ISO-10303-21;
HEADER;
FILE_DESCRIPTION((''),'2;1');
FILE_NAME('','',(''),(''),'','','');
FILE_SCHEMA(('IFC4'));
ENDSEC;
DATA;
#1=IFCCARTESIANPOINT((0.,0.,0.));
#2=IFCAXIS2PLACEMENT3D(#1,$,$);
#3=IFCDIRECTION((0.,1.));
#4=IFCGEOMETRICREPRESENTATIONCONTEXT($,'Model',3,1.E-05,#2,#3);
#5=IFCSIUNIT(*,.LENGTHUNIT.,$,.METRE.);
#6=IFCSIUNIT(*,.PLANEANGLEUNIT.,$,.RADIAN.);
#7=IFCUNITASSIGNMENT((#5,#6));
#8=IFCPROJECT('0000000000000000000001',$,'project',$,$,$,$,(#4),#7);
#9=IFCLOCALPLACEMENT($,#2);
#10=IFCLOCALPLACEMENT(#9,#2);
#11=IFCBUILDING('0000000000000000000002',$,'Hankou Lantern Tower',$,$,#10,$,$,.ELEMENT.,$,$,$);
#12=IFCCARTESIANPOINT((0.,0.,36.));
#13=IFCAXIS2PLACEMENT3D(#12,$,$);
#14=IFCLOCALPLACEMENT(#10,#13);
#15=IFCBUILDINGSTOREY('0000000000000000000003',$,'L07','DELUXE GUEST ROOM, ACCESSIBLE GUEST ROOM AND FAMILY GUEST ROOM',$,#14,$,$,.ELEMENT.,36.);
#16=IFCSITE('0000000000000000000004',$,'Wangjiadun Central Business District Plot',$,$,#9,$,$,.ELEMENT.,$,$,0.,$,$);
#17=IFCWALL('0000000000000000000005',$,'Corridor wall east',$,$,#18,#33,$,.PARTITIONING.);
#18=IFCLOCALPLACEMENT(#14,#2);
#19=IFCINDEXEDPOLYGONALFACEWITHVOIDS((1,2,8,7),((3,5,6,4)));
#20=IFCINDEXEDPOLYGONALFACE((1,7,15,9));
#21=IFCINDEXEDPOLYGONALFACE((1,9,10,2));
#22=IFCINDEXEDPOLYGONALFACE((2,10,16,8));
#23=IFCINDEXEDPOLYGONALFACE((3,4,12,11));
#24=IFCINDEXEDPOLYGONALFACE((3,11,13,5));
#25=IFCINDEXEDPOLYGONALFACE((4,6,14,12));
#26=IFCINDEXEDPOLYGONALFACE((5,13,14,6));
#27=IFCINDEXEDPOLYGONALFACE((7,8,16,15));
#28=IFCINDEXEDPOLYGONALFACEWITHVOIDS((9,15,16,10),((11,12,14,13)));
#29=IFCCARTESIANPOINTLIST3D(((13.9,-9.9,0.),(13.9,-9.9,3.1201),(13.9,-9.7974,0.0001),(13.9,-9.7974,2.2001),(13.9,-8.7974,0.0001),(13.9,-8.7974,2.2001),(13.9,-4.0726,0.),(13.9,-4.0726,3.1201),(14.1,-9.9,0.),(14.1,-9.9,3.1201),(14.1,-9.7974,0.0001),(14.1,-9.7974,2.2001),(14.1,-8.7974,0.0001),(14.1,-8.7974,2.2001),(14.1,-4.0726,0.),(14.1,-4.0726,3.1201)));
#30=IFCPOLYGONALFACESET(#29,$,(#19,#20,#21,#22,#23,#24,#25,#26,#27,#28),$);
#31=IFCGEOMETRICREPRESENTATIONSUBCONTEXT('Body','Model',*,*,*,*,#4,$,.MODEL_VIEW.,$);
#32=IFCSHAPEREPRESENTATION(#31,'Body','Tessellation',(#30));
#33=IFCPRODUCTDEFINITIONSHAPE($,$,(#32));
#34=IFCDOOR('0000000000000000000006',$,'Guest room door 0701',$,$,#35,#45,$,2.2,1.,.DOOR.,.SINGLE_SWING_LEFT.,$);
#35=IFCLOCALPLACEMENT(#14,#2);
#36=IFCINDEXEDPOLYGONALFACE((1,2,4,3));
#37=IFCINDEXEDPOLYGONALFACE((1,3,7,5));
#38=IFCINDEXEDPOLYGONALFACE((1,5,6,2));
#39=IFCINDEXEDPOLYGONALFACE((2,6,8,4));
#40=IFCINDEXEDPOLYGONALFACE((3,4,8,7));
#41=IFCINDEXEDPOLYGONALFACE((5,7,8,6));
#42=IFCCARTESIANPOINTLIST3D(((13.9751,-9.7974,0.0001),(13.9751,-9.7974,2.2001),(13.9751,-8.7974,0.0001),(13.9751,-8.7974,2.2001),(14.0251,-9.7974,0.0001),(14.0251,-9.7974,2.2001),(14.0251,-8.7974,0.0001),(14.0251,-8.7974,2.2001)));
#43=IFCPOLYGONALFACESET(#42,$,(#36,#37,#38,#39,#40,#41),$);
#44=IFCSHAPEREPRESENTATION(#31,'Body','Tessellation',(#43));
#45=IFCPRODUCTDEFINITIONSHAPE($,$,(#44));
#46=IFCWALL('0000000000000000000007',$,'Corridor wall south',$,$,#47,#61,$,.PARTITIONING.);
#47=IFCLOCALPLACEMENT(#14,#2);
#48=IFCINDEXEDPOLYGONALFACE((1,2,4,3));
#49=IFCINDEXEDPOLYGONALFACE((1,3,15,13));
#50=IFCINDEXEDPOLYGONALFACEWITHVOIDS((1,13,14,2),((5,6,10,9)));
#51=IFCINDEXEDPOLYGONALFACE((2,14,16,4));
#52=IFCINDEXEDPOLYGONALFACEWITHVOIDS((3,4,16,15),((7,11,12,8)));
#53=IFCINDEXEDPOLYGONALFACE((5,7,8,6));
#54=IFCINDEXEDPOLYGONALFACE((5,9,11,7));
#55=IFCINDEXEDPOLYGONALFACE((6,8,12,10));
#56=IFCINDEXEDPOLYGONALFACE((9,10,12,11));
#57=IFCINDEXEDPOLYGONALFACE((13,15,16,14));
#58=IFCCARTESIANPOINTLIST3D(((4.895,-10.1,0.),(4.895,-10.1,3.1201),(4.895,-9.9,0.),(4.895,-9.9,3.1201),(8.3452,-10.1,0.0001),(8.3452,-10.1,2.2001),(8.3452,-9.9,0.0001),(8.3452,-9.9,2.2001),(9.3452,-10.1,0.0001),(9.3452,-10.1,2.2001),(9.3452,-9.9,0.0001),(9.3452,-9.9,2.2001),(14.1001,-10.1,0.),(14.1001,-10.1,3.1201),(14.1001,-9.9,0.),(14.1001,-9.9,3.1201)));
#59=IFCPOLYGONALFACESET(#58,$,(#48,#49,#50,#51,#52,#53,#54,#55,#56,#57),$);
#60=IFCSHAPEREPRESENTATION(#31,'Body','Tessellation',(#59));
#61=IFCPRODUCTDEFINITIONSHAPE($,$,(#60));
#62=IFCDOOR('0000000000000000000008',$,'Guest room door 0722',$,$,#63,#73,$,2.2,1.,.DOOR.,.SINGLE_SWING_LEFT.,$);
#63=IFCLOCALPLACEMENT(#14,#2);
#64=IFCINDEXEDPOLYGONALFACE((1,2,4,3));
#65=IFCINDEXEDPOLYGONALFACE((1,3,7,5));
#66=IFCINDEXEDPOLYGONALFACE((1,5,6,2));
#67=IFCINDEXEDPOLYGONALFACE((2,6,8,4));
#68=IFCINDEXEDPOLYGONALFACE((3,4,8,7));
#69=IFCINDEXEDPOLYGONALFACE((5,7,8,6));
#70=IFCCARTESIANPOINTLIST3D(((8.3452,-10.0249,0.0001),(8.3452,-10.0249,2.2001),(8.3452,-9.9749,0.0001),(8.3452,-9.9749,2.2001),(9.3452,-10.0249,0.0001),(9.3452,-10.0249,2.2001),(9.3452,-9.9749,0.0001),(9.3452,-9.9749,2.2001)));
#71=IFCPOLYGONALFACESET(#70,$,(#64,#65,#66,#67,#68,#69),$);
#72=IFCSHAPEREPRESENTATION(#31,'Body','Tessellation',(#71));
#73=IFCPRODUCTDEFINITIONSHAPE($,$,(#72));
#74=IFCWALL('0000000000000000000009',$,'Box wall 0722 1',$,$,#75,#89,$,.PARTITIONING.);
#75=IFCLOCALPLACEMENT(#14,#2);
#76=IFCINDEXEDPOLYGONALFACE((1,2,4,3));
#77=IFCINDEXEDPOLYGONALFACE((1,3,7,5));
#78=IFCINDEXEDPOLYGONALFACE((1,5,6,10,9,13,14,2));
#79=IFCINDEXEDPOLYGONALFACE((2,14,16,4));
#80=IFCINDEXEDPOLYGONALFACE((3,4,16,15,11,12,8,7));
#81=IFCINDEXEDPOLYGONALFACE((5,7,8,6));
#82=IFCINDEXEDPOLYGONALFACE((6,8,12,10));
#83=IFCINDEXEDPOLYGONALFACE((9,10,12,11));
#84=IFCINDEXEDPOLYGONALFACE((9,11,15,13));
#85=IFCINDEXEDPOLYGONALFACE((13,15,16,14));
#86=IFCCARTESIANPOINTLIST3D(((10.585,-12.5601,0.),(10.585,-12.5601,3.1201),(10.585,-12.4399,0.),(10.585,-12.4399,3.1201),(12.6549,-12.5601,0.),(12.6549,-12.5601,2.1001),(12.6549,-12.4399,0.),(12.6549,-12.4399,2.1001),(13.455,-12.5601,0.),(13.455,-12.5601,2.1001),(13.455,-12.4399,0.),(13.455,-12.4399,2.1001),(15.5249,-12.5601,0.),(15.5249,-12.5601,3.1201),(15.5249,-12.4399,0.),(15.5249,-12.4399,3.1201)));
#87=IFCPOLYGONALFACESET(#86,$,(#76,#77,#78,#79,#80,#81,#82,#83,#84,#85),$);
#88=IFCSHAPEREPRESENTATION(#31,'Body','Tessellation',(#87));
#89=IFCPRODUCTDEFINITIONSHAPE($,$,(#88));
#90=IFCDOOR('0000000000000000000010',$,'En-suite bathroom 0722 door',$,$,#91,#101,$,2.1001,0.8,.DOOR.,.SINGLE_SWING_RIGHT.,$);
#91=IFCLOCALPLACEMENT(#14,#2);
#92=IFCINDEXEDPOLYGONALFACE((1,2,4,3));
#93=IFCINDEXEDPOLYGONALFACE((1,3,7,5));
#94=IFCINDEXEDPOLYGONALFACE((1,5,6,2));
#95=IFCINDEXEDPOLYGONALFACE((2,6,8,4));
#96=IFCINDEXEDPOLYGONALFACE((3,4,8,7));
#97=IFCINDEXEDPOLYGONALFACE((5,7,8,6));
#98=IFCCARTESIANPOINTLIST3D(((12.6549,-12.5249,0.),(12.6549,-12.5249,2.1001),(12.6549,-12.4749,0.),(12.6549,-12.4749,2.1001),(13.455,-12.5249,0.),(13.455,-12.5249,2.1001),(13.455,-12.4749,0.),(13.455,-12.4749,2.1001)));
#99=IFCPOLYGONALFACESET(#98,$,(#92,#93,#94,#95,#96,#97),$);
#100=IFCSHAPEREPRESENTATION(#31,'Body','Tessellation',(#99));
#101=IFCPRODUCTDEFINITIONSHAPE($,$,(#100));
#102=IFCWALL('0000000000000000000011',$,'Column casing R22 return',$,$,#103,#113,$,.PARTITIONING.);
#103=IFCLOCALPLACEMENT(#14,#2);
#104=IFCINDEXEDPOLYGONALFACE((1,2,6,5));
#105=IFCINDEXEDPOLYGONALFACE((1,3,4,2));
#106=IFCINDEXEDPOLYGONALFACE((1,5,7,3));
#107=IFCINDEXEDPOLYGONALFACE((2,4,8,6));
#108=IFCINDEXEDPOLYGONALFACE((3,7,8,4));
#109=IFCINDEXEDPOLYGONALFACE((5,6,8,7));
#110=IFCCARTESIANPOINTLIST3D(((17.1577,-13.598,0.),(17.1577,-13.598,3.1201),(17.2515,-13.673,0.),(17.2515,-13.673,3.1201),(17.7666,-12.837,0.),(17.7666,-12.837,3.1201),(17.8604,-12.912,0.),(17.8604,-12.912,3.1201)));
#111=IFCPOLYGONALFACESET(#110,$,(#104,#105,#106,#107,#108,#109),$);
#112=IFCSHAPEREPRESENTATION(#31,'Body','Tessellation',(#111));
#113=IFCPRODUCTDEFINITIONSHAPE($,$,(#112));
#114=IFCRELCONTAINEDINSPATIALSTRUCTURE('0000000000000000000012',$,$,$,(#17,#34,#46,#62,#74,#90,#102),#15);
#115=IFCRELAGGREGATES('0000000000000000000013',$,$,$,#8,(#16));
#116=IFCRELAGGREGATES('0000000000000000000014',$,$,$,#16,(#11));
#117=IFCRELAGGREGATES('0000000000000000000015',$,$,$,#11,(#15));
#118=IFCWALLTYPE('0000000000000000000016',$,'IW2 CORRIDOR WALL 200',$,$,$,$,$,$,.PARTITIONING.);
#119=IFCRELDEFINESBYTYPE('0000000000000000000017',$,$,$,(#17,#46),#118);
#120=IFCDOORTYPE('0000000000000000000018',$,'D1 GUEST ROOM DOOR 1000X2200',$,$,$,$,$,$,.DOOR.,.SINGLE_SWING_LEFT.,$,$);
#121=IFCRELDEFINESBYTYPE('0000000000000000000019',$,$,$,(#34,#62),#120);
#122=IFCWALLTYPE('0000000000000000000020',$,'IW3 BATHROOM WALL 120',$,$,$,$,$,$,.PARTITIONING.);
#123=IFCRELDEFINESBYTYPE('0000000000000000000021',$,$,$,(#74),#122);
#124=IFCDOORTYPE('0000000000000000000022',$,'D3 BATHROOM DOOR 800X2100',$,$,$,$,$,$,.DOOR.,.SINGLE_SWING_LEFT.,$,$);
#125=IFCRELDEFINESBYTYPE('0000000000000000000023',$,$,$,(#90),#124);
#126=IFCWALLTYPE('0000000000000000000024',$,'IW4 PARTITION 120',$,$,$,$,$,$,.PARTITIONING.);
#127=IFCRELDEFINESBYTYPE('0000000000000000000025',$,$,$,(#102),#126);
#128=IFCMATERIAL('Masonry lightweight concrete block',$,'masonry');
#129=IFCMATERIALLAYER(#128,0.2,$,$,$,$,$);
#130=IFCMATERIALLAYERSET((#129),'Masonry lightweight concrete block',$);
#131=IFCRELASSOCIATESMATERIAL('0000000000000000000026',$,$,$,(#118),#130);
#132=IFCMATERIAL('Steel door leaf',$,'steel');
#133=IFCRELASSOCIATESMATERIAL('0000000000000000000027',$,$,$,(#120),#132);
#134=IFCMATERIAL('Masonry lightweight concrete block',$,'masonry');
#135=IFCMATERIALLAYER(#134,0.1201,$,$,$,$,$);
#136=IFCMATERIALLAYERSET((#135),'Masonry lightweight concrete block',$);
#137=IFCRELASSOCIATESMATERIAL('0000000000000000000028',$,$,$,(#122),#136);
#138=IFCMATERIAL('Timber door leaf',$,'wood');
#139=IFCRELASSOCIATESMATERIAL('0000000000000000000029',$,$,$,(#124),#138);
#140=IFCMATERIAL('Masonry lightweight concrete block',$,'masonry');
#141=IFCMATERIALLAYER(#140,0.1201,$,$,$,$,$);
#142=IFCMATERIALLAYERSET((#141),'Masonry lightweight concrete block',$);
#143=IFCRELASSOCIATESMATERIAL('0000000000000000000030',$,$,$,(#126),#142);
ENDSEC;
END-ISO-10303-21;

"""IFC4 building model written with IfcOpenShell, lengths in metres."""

from ifc_helpers import new_model, si_unit, direction, frame, frame_2d, origin, place, context, subcontext, project, spatial, rectangle, extrude, material, layer, layer_set, type_object, element, fill, save


model = new_model("IFC4")

# Units and contexts
model_context = context("Model", 3, precision=1e-05, world=origin(), true_north=direction((0.0, 1.0)))
body_context = subcontext(model_context, "Body", "Model", "MODEL_VIEW")
ifc_project = project(units=[si_unit("LENGTHUNIT", "METRE"), si_unit("PLANEANGLEUNIT", "RADIAN")], contexts=[model_context])

# Site, building, storey
site_placement = place(None, origin())
site = spatial("IfcSite", under=ifc_project, at=site_placement, Name="Wangjiadun Central Business District Plot", CompositionType="ELEMENT", RefElevation=0.0)
building_placement = place(site_placement, origin())
building = spatial("IfcBuilding", under=site, at=building_placement, Name="Hankou Lantern Tower", CompositionType="ELEMENT")
storey_placement = place(building_placement, frame((0.0, 0.0, 36.0)))
storey = spatial("IfcBuildingStorey", under=building, at=storey_placement, Name="L07", Description="DELUXE GUEST ROOM, ACCESSIBLE GUEST ROOM AND FAMILY GUEST ROOM", CompositionType="ELEMENT", Elevation=36.0)

# Walls, openings, doors
ifc_material_1 = material(Name="Masonry lightweight concrete block", Category="masonry")
ifc_layer_1 = layer(ifc_material_1, 0.2)
ifc_layer_set_1 = layer_set([ifc_layer_1], Name="Masonry lightweight concrete block")
wall_type_1 = type_object("IfcWallType", Name="IW2 CORRIDOR WALL 200", PredefinedType="PARTITIONING", material=ifc_layer_set_1)
wall_1_placement = place(storey_placement, frame((14.0, -9.8999, 0.0), z_axis=(0.0, 0.0, 1.0), x_axis=(0.0, 1.0, 0.0)))
wall_1 = element("IfcWall", 1, at=wall_1_placement, inside=storey, type_object=wall_type_1, Name="Corridor wall east", PredefinedType="PARTITIONING", context=body_context, shape_type="SweptSolid", body=[
    extrude(rectangle(XDim=5.8274, YDim=0.2, at=frame_2d((2.9136, 0.0))), origin(), (0.0, 0.0, 1.0), 3.1201),
])
opening_1_placement = place(wall_1_placement, frame((0.1025, 0.0, 0.0)))
opening_1 = element("IfcOpeningElement", 2, at=opening_1_placement, cuts=wall_1, PredefinedType="OPENING", context=body_context, shape_type="SweptSolid", body=[
    extrude(rectangle(XDim=1.0, YDim=2.2, at=frame_2d((0.5, 1.1001))), frame((0.0, 0.1099, 0.0), z_axis=(0.0, -1.0, 0.0), x_axis=(1.0, 0.0, 0.0)), (0.0, 0.0, 1.0), 0.22),
])
ifc_material_2 = material(Name="Steel door leaf", Category="steel")
door_type_1 = type_object("IfcDoorType", Name="D1 GUEST ROOM DOOR 1000X2200", OperationType="SINGLE_SWING_LEFT", PredefinedType="DOOR", material=ifc_material_2)
door_1_placement = place(opening_1_placement, origin())
door_1 = element("IfcDoor", 3, at=door_1_placement, inside=storey, type_object=door_type_1, Name="Guest room door 0701", OperationType="SINGLE_SWING_LEFT", OverallHeight=2.2, OverallWidth=1.0, PredefinedType="DOOR", context=body_context, shape_type="SweptSolid", body=[
    extrude(rectangle(XDim=1.0, YDim=2.2, at=frame_2d((0.5, 1.1001))), frame((0.0, 0.0249, 0.0), z_axis=(0.0, -1.0, 0.0), x_axis=(1.0, 0.0, 0.0)), (0.0, 0.0, 1.0), 0.05),
])
fill(opening_1, door_1)
wall_2_placement = place(storey_placement, frame((14.1001, -10.0, 0.0), z_axis=(0.0, 0.0, 1.0), x_axis=(-1.0, 0.0, 0.0)))
wall_2 = element("IfcWall", 4, at=wall_2_placement, inside=storey, type_object=wall_type_1, Name="Corridor wall south", PredefinedType="PARTITIONING", context=body_context, shape_type="SweptSolid", body=[
    extrude(rectangle(XDim=9.2051, YDim=0.2, at=frame_2d((4.6025, 0.0))), origin(), (0.0, 0.0, 1.0), 3.1201),
])
opening_2_placement = place(wall_2_placement, frame((4.7549, 0.0, 0.0)))
opening_2 = element("IfcOpeningElement", 5, at=opening_2_placement, cuts=wall_2, PredefinedType="OPENING", context=body_context, shape_type="SweptSolid", body=[
    extrude(rectangle(XDim=1.0, YDim=2.2, at=frame_2d((0.5, 1.1001))), frame((0.0, 0.1099, 0.0), z_axis=(0.0, -1.0, 0.0), x_axis=(1.0, 0.0, 0.0)), (0.0, 0.0, 1.0), 0.22),
])
door_2_placement = place(opening_2_placement, origin())
door_2 = element("IfcDoor", 6, at=door_2_placement, inside=storey, type_object=door_type_1, Name="Guest room door 0722", OperationType="SINGLE_SWING_LEFT", OverallHeight=2.2, OverallWidth=1.0, PredefinedType="DOOR", context=body_context, shape_type="SweptSolid", body=[
    extrude(rectangle(XDim=1.0, YDim=2.2, at=frame_2d((0.5, 1.1001))), frame((0.0, 0.0249, 0.0), z_axis=(0.0, -1.0, 0.0), x_axis=(1.0, 0.0, 0.0)), (0.0, 0.0, 1.0), 0.05),
])
fill(opening_2, door_2)
ifc_material_3 = material(Name="Masonry lightweight concrete block", Category="masonry")
ifc_layer_2 = layer(ifc_material_3, 0.1201)
ifc_layer_set_2 = layer_set([ifc_layer_2], Name="Masonry lightweight concrete block")
wall_type_2 = type_object("IfcWallType", Name="IW3 BATHROOM WALL 120", PredefinedType="PARTITIONING", material=ifc_layer_set_2)
wall_3_placement = place(storey_placement, frame((15.5249, -12.5, 0.0), z_axis=(0.0, 0.0, 1.0), x_axis=(-1.0, 0.0, 0.0)))
wall_3 = element("IfcWall", 7, at=wall_3_placement, inside=storey, type_object=wall_type_2, Name="Box wall 0722 1", PredefinedType="PARTITIONING", context=body_context, shape_type="SweptSolid", body=[
    extrude(rectangle(XDim=4.9399, YDim=0.1201, at=frame_2d((2.47, 0.0))), origin(), (0.0, 0.0, 1.0), 3.1201),
])
opening_3_placement = place(wall_3_placement, frame((2.0701, 0.0, 0.0)))
opening_3 = element("IfcOpeningElement", 8, at=opening_3_placement, cuts=wall_3, PredefinedType="OPENING", context=body_context, shape_type="SweptSolid", body=[
    extrude(rectangle(XDim=0.8, YDim=2.1001, at=frame_2d((0.3999, 1.05))), frame((0.0, 0.0701, 0.0), z_axis=(0.0, -1.0, 0.0), x_axis=(1.0, 0.0, 0.0)), (0.0, 0.0, 1.0), 0.1401),
])
ifc_material_4 = material(Name="Timber door leaf", Category="wood")
door_type_2 = type_object("IfcDoorType", Name="D3 BATHROOM DOOR 800X2100", OperationType="SINGLE_SWING_LEFT", PredefinedType="DOOR", material=ifc_material_4)
door_3_placement = place(opening_3_placement, origin())
door_3 = element("IfcDoor", 9, at=door_3_placement, inside=storey, type_object=door_type_2, Name="En-suite bathroom 0722 door", OperationType="SINGLE_SWING_RIGHT", OverallHeight=2.1001, OverallWidth=0.8, PredefinedType="DOOR", context=body_context, shape_type="SweptSolid", body=[
    extrude(rectangle(XDim=0.8, YDim=2.1001, at=frame_2d((0.3999, 1.05))), frame((0.0, 0.0249, 0.0), z_axis=(0.0, -1.0, 0.0), x_axis=(1.0, 0.0, 0.0)), (0.0, 0.0, 1.0), 0.05),
])
fill(opening_3, door_3)

# Wall
ifc_material_5 = material(Name="Masonry lightweight concrete block", Category="masonry")
ifc_layer_3 = layer(ifc_material_5, 0.1201)
ifc_layer_set_3 = layer_set([ifc_layer_3], Name="Masonry lightweight concrete block")
wall_type_3 = type_object("IfcWallType", Name="IW4 PARTITION 120", PredefinedType="PARTITIONING", material=ifc_layer_set_3)
wall_4_placement = place(storey_placement, frame((17.2046, -13.6355, 0.0), z_axis=(0.0, 0.0, 1.0), x_axis=(0.624756, 0.78082, 0.0)))
element("IfcWall", 10, at=wall_4_placement, inside=storey, type_object=wall_type_3, Name="Column casing R22 return", PredefinedType="PARTITIONING", context=body_context, shape_type="SweptSolid", body=[
    extrude(rectangle(XDim=0.9746, YDim=0.1201, at=frame_2d((0.4873, 0.0))), origin(), (0.0, 0.0, 1.0), 3.1201),
])

save(model, "model.ifc")
